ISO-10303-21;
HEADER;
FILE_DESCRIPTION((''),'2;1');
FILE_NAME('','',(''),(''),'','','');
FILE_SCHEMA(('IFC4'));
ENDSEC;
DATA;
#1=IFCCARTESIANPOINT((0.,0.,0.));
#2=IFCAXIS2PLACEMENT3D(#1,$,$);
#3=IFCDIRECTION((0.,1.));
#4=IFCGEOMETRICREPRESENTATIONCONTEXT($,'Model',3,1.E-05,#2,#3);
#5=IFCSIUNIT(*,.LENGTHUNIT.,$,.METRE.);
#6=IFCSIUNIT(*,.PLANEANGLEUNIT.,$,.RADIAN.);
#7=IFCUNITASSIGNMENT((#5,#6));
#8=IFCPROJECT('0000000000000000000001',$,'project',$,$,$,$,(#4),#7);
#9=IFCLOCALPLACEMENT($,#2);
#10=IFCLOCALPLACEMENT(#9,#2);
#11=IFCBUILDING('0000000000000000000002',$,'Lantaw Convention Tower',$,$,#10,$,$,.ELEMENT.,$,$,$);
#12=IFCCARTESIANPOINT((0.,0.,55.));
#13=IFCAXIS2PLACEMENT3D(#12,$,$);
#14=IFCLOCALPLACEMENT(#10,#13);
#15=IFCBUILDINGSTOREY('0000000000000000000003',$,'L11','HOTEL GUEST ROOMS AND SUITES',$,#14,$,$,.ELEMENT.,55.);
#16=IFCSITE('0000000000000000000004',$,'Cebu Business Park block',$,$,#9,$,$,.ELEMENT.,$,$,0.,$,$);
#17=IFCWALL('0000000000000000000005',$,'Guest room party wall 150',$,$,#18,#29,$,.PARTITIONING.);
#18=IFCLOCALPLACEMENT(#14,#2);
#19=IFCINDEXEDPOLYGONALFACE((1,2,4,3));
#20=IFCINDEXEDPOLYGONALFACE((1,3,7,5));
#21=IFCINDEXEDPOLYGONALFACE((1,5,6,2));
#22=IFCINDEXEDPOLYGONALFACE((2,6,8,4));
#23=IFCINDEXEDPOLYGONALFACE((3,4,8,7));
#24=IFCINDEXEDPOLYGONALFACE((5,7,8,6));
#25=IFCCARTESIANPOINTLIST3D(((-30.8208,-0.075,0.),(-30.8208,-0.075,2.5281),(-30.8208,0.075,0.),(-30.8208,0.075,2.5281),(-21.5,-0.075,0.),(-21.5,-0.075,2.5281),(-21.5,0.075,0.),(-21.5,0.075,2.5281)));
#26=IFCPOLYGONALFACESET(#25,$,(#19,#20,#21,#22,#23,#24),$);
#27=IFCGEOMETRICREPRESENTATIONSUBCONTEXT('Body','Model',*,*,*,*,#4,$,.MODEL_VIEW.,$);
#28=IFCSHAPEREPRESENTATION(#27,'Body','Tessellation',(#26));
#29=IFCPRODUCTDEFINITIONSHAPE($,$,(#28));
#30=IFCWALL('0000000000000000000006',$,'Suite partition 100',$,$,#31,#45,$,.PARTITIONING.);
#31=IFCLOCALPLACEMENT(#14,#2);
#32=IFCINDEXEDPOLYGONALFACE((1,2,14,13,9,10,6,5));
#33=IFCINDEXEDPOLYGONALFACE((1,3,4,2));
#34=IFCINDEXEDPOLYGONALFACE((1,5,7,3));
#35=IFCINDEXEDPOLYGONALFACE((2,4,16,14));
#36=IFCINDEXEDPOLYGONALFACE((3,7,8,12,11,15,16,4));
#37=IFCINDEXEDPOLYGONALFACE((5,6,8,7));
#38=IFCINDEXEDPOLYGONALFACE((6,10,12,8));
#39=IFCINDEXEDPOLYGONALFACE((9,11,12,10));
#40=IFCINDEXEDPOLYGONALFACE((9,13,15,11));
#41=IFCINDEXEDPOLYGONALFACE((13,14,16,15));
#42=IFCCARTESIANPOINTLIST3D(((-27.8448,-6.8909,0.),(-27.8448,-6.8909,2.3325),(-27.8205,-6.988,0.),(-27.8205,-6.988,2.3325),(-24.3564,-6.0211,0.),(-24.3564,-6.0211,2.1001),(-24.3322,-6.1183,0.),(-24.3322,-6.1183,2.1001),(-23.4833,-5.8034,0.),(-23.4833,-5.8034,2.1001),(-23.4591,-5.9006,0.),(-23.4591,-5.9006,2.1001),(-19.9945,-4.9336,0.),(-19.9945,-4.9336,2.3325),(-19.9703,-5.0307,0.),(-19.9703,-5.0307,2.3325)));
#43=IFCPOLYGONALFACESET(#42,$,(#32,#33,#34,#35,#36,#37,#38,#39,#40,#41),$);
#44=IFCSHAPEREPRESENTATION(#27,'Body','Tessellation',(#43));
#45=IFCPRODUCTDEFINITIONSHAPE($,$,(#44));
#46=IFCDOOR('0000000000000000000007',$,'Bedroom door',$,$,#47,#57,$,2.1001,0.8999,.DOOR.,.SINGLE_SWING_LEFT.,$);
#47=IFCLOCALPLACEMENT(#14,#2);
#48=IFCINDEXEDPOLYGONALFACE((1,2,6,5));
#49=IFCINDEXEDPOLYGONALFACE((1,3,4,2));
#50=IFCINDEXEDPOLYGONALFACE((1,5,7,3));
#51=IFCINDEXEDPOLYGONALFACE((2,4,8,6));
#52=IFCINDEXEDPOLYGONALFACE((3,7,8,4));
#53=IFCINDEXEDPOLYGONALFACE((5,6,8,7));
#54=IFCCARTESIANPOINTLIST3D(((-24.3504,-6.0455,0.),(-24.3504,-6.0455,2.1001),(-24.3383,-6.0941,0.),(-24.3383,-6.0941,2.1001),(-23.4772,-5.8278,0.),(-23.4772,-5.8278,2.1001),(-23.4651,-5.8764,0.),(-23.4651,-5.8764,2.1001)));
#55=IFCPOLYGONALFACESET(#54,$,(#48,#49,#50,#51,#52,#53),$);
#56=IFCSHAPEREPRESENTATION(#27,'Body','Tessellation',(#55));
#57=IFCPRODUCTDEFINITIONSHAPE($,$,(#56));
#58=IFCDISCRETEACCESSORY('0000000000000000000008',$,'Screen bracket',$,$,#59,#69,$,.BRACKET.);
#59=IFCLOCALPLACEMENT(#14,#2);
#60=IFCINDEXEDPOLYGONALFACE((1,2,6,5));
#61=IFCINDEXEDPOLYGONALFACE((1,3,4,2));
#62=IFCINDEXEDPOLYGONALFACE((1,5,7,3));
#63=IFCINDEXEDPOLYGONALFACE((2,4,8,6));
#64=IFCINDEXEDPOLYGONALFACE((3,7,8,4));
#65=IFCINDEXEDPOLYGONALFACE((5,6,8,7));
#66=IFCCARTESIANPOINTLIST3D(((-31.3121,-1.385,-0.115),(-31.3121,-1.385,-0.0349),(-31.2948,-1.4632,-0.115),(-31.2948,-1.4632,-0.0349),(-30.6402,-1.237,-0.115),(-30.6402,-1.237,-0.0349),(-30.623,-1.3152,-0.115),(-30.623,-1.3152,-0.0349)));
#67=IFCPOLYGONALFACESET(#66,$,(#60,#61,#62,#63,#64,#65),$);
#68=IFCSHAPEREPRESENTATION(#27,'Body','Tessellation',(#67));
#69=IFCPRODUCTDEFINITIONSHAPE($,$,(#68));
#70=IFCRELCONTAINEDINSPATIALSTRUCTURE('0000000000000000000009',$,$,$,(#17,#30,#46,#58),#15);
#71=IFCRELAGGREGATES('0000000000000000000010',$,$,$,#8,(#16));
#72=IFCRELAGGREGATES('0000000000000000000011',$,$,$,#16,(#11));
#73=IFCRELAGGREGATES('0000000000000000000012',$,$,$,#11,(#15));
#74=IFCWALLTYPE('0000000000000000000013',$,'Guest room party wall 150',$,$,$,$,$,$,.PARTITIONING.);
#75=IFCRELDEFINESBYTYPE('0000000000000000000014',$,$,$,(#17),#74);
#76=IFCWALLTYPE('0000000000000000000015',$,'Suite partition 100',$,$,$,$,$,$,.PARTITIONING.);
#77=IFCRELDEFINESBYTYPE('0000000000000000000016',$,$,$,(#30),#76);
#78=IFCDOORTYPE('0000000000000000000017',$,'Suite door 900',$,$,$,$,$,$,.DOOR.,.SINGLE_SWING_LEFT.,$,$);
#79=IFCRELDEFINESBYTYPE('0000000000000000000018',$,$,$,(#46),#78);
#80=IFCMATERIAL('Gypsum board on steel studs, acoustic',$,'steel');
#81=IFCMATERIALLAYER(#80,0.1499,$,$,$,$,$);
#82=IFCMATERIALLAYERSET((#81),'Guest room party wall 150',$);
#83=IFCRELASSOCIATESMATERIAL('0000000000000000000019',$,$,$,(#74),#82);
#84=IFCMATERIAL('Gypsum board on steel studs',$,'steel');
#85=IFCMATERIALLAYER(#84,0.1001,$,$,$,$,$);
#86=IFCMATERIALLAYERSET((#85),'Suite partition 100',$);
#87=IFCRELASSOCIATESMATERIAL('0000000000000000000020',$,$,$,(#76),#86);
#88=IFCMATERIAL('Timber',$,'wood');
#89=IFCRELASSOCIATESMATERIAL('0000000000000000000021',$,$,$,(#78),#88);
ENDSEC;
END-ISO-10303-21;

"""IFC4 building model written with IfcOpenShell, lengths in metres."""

from ifc_helpers import new_model, si_unit, direction, frame, frame_2d, origin, origin_2d, place, context, subcontext, project, spatial, rectangle, extrude, material, layer, layer_set, type_object, element, fill, save


model = new_model("IFC4")

# Units and contexts
model_context = context("Model", 3, precision=1e-05, world=origin(), true_north=direction((0.0, 1.0)))
body_context = subcontext(model_context, "Body", "Model", "MODEL_VIEW")
ifc_project = project(units=[si_unit("LENGTHUNIT", "METRE"), si_unit("PLANEANGLEUNIT", "RADIAN")], contexts=[model_context])

# Site, building, storey
site_placement = place(None, origin())
site = spatial("IfcSite", under=ifc_project, at=site_placement, Name="Cebu Business Park block", CompositionType="ELEMENT", RefElevation=0.0)
building_placement = place(site_placement, origin())
building = spatial("IfcBuilding", under=site, at=building_placement, Name="Lantaw Convention Tower", CompositionType="ELEMENT")
storey_placement = place(building_placement, frame((0.0, 0.0, 55.0)))
storey = spatial("IfcBuildingStorey", under=building, at=storey_placement, Name="L11", Description="HOTEL GUEST ROOMS AND SUITES", CompositionType="ELEMENT", Elevation=55.0)

# Shared definitions
ifc_material_1 = material(Name="Timber", Category="wood")

# Wall
ifc_material_2 = material(Name="Gypsum board on steel studs, acoustic", Category="steel")
ifc_layer_1 = layer(ifc_material_2, 0.1499)
ifc_layer_set_1 = layer_set([ifc_layer_1], Name="Guest room party wall 150")
wall_type_1 = type_object("IfcWallType", Name="Guest room party wall 150", PredefinedType="PARTITIONING", material=ifc_layer_set_1)
wall_1_placement = place(storey_placement, frame((-30.8208, 0.0, 0.0), z_axis=(0.0, 0.0, 1.0), x_axis=(1.0, 0.0, 0.0)))
element("IfcWall", 1, at=wall_1_placement, inside=storey, type_object=wall_type_1, Name="Guest room party wall 150", PredefinedType="PARTITIONING", context=body_context, shape_type="SweptSolid", body=[
    extrude(rectangle(XDim=9.3208, YDim=0.1499, at=frame_2d((4.6604, 0.0))), origin(), (0.0, 0.0, 1.0), 2.5281),
])

# Wall, opening, door
ifc_material_3 = material(Name="Gypsum board on steel studs", Category="steel")
ifc_layer_2 = layer(ifc_material_3, 0.1001)
ifc_layer_set_2 = layer_set([ifc_layer_2], Name="Suite partition 100")
wall_type_2 = type_object("IfcWallType", Name="Suite partition 100", PredefinedType="PARTITIONING", material=ifc_layer_set_2)
wall_2_placement = place(storey_placement, frame((-27.8328, -6.9395, 0.0), z_axis=(0.0, 0.0, 1.0), x_axis=(0.970297, 0.241918, 0.0)))
wall_2 = element("IfcWall", 2, at=wall_2_placement, inside=storey, type_object=wall_type_2, Name="Suite partition 100", PredefinedType="PARTITIONING", context=body_context, shape_type="SweptSolid", body=[
    extrude(rectangle(XDim=8.0906, YDim=0.1001, at=frame_2d((4.0454, 0.0))), origin(), (0.0, 0.0, 1.0), 2.3325),
])
opening_1_placement = place(wall_2_placement, frame((3.5952, 0.0, 0.0)))
opening_1 = element("IfcOpeningElement", 3, at=opening_1_placement, cuts=wall_2, PredefinedType="OPENING", context=body_context, shape_type="SweptSolid", body=[
    extrude(rectangle(XDim=0.8999, YDim=2.1001, at=frame_2d((0.45, 1.05))), frame((0.0, 0.0601, 0.0), z_axis=(0.0, -1.0, 0.0), x_axis=(1.0, 0.0, 0.0)), (0.0, 0.0, 1.0), 0.1201),
])
door_type_1 = type_object("IfcDoorType", Name="Suite door 900", OperationType="SINGLE_SWING_LEFT", PredefinedType="DOOR", material=ifc_material_1)
door_1_placement = place(opening_1_placement, origin())
door_1 = element("IfcDoor", 4, at=door_1_placement, inside=storey, type_object=door_type_1, Name="Bedroom door", OperationType="SINGLE_SWING_LEFT", OverallHeight=2.1001, OverallWidth=0.8999, PredefinedType="DOOR", context=body_context, shape_type="SweptSolid", body=[
    extrude(rectangle(XDim=0.8999, YDim=2.1001, at=frame_2d((0.45, 1.05))), frame((0.0, 0.0249, 0.0), z_axis=(0.0, -1.0, 0.0), x_axis=(1.0, 0.0, 0.0)), (0.0, 0.0, 1.0), 0.05),
])
fill(opening_1, door_1)

# Discrete accessory
discrete_accessory_placement = place(storey_placement, frame((-30.9675, -1.3501, -0.115), z_axis=(0.0, 0.0, 1.0), x_axis=(0.215246, -0.97656, 0.0)))
element("IfcDiscreteAccessory", 5, at=discrete_accessory_placement, inside=storey, Name="Screen bracket", PredefinedType="BRACKET", context=body_context, shape_type="SweptSolid", body=[
    extrude(rectangle(XDim=0.0801, YDim=0.688, at=origin_2d()), origin(), (0.0, 0.0, 1.0), 0.0801),
])

save(model, "model.ifc")
